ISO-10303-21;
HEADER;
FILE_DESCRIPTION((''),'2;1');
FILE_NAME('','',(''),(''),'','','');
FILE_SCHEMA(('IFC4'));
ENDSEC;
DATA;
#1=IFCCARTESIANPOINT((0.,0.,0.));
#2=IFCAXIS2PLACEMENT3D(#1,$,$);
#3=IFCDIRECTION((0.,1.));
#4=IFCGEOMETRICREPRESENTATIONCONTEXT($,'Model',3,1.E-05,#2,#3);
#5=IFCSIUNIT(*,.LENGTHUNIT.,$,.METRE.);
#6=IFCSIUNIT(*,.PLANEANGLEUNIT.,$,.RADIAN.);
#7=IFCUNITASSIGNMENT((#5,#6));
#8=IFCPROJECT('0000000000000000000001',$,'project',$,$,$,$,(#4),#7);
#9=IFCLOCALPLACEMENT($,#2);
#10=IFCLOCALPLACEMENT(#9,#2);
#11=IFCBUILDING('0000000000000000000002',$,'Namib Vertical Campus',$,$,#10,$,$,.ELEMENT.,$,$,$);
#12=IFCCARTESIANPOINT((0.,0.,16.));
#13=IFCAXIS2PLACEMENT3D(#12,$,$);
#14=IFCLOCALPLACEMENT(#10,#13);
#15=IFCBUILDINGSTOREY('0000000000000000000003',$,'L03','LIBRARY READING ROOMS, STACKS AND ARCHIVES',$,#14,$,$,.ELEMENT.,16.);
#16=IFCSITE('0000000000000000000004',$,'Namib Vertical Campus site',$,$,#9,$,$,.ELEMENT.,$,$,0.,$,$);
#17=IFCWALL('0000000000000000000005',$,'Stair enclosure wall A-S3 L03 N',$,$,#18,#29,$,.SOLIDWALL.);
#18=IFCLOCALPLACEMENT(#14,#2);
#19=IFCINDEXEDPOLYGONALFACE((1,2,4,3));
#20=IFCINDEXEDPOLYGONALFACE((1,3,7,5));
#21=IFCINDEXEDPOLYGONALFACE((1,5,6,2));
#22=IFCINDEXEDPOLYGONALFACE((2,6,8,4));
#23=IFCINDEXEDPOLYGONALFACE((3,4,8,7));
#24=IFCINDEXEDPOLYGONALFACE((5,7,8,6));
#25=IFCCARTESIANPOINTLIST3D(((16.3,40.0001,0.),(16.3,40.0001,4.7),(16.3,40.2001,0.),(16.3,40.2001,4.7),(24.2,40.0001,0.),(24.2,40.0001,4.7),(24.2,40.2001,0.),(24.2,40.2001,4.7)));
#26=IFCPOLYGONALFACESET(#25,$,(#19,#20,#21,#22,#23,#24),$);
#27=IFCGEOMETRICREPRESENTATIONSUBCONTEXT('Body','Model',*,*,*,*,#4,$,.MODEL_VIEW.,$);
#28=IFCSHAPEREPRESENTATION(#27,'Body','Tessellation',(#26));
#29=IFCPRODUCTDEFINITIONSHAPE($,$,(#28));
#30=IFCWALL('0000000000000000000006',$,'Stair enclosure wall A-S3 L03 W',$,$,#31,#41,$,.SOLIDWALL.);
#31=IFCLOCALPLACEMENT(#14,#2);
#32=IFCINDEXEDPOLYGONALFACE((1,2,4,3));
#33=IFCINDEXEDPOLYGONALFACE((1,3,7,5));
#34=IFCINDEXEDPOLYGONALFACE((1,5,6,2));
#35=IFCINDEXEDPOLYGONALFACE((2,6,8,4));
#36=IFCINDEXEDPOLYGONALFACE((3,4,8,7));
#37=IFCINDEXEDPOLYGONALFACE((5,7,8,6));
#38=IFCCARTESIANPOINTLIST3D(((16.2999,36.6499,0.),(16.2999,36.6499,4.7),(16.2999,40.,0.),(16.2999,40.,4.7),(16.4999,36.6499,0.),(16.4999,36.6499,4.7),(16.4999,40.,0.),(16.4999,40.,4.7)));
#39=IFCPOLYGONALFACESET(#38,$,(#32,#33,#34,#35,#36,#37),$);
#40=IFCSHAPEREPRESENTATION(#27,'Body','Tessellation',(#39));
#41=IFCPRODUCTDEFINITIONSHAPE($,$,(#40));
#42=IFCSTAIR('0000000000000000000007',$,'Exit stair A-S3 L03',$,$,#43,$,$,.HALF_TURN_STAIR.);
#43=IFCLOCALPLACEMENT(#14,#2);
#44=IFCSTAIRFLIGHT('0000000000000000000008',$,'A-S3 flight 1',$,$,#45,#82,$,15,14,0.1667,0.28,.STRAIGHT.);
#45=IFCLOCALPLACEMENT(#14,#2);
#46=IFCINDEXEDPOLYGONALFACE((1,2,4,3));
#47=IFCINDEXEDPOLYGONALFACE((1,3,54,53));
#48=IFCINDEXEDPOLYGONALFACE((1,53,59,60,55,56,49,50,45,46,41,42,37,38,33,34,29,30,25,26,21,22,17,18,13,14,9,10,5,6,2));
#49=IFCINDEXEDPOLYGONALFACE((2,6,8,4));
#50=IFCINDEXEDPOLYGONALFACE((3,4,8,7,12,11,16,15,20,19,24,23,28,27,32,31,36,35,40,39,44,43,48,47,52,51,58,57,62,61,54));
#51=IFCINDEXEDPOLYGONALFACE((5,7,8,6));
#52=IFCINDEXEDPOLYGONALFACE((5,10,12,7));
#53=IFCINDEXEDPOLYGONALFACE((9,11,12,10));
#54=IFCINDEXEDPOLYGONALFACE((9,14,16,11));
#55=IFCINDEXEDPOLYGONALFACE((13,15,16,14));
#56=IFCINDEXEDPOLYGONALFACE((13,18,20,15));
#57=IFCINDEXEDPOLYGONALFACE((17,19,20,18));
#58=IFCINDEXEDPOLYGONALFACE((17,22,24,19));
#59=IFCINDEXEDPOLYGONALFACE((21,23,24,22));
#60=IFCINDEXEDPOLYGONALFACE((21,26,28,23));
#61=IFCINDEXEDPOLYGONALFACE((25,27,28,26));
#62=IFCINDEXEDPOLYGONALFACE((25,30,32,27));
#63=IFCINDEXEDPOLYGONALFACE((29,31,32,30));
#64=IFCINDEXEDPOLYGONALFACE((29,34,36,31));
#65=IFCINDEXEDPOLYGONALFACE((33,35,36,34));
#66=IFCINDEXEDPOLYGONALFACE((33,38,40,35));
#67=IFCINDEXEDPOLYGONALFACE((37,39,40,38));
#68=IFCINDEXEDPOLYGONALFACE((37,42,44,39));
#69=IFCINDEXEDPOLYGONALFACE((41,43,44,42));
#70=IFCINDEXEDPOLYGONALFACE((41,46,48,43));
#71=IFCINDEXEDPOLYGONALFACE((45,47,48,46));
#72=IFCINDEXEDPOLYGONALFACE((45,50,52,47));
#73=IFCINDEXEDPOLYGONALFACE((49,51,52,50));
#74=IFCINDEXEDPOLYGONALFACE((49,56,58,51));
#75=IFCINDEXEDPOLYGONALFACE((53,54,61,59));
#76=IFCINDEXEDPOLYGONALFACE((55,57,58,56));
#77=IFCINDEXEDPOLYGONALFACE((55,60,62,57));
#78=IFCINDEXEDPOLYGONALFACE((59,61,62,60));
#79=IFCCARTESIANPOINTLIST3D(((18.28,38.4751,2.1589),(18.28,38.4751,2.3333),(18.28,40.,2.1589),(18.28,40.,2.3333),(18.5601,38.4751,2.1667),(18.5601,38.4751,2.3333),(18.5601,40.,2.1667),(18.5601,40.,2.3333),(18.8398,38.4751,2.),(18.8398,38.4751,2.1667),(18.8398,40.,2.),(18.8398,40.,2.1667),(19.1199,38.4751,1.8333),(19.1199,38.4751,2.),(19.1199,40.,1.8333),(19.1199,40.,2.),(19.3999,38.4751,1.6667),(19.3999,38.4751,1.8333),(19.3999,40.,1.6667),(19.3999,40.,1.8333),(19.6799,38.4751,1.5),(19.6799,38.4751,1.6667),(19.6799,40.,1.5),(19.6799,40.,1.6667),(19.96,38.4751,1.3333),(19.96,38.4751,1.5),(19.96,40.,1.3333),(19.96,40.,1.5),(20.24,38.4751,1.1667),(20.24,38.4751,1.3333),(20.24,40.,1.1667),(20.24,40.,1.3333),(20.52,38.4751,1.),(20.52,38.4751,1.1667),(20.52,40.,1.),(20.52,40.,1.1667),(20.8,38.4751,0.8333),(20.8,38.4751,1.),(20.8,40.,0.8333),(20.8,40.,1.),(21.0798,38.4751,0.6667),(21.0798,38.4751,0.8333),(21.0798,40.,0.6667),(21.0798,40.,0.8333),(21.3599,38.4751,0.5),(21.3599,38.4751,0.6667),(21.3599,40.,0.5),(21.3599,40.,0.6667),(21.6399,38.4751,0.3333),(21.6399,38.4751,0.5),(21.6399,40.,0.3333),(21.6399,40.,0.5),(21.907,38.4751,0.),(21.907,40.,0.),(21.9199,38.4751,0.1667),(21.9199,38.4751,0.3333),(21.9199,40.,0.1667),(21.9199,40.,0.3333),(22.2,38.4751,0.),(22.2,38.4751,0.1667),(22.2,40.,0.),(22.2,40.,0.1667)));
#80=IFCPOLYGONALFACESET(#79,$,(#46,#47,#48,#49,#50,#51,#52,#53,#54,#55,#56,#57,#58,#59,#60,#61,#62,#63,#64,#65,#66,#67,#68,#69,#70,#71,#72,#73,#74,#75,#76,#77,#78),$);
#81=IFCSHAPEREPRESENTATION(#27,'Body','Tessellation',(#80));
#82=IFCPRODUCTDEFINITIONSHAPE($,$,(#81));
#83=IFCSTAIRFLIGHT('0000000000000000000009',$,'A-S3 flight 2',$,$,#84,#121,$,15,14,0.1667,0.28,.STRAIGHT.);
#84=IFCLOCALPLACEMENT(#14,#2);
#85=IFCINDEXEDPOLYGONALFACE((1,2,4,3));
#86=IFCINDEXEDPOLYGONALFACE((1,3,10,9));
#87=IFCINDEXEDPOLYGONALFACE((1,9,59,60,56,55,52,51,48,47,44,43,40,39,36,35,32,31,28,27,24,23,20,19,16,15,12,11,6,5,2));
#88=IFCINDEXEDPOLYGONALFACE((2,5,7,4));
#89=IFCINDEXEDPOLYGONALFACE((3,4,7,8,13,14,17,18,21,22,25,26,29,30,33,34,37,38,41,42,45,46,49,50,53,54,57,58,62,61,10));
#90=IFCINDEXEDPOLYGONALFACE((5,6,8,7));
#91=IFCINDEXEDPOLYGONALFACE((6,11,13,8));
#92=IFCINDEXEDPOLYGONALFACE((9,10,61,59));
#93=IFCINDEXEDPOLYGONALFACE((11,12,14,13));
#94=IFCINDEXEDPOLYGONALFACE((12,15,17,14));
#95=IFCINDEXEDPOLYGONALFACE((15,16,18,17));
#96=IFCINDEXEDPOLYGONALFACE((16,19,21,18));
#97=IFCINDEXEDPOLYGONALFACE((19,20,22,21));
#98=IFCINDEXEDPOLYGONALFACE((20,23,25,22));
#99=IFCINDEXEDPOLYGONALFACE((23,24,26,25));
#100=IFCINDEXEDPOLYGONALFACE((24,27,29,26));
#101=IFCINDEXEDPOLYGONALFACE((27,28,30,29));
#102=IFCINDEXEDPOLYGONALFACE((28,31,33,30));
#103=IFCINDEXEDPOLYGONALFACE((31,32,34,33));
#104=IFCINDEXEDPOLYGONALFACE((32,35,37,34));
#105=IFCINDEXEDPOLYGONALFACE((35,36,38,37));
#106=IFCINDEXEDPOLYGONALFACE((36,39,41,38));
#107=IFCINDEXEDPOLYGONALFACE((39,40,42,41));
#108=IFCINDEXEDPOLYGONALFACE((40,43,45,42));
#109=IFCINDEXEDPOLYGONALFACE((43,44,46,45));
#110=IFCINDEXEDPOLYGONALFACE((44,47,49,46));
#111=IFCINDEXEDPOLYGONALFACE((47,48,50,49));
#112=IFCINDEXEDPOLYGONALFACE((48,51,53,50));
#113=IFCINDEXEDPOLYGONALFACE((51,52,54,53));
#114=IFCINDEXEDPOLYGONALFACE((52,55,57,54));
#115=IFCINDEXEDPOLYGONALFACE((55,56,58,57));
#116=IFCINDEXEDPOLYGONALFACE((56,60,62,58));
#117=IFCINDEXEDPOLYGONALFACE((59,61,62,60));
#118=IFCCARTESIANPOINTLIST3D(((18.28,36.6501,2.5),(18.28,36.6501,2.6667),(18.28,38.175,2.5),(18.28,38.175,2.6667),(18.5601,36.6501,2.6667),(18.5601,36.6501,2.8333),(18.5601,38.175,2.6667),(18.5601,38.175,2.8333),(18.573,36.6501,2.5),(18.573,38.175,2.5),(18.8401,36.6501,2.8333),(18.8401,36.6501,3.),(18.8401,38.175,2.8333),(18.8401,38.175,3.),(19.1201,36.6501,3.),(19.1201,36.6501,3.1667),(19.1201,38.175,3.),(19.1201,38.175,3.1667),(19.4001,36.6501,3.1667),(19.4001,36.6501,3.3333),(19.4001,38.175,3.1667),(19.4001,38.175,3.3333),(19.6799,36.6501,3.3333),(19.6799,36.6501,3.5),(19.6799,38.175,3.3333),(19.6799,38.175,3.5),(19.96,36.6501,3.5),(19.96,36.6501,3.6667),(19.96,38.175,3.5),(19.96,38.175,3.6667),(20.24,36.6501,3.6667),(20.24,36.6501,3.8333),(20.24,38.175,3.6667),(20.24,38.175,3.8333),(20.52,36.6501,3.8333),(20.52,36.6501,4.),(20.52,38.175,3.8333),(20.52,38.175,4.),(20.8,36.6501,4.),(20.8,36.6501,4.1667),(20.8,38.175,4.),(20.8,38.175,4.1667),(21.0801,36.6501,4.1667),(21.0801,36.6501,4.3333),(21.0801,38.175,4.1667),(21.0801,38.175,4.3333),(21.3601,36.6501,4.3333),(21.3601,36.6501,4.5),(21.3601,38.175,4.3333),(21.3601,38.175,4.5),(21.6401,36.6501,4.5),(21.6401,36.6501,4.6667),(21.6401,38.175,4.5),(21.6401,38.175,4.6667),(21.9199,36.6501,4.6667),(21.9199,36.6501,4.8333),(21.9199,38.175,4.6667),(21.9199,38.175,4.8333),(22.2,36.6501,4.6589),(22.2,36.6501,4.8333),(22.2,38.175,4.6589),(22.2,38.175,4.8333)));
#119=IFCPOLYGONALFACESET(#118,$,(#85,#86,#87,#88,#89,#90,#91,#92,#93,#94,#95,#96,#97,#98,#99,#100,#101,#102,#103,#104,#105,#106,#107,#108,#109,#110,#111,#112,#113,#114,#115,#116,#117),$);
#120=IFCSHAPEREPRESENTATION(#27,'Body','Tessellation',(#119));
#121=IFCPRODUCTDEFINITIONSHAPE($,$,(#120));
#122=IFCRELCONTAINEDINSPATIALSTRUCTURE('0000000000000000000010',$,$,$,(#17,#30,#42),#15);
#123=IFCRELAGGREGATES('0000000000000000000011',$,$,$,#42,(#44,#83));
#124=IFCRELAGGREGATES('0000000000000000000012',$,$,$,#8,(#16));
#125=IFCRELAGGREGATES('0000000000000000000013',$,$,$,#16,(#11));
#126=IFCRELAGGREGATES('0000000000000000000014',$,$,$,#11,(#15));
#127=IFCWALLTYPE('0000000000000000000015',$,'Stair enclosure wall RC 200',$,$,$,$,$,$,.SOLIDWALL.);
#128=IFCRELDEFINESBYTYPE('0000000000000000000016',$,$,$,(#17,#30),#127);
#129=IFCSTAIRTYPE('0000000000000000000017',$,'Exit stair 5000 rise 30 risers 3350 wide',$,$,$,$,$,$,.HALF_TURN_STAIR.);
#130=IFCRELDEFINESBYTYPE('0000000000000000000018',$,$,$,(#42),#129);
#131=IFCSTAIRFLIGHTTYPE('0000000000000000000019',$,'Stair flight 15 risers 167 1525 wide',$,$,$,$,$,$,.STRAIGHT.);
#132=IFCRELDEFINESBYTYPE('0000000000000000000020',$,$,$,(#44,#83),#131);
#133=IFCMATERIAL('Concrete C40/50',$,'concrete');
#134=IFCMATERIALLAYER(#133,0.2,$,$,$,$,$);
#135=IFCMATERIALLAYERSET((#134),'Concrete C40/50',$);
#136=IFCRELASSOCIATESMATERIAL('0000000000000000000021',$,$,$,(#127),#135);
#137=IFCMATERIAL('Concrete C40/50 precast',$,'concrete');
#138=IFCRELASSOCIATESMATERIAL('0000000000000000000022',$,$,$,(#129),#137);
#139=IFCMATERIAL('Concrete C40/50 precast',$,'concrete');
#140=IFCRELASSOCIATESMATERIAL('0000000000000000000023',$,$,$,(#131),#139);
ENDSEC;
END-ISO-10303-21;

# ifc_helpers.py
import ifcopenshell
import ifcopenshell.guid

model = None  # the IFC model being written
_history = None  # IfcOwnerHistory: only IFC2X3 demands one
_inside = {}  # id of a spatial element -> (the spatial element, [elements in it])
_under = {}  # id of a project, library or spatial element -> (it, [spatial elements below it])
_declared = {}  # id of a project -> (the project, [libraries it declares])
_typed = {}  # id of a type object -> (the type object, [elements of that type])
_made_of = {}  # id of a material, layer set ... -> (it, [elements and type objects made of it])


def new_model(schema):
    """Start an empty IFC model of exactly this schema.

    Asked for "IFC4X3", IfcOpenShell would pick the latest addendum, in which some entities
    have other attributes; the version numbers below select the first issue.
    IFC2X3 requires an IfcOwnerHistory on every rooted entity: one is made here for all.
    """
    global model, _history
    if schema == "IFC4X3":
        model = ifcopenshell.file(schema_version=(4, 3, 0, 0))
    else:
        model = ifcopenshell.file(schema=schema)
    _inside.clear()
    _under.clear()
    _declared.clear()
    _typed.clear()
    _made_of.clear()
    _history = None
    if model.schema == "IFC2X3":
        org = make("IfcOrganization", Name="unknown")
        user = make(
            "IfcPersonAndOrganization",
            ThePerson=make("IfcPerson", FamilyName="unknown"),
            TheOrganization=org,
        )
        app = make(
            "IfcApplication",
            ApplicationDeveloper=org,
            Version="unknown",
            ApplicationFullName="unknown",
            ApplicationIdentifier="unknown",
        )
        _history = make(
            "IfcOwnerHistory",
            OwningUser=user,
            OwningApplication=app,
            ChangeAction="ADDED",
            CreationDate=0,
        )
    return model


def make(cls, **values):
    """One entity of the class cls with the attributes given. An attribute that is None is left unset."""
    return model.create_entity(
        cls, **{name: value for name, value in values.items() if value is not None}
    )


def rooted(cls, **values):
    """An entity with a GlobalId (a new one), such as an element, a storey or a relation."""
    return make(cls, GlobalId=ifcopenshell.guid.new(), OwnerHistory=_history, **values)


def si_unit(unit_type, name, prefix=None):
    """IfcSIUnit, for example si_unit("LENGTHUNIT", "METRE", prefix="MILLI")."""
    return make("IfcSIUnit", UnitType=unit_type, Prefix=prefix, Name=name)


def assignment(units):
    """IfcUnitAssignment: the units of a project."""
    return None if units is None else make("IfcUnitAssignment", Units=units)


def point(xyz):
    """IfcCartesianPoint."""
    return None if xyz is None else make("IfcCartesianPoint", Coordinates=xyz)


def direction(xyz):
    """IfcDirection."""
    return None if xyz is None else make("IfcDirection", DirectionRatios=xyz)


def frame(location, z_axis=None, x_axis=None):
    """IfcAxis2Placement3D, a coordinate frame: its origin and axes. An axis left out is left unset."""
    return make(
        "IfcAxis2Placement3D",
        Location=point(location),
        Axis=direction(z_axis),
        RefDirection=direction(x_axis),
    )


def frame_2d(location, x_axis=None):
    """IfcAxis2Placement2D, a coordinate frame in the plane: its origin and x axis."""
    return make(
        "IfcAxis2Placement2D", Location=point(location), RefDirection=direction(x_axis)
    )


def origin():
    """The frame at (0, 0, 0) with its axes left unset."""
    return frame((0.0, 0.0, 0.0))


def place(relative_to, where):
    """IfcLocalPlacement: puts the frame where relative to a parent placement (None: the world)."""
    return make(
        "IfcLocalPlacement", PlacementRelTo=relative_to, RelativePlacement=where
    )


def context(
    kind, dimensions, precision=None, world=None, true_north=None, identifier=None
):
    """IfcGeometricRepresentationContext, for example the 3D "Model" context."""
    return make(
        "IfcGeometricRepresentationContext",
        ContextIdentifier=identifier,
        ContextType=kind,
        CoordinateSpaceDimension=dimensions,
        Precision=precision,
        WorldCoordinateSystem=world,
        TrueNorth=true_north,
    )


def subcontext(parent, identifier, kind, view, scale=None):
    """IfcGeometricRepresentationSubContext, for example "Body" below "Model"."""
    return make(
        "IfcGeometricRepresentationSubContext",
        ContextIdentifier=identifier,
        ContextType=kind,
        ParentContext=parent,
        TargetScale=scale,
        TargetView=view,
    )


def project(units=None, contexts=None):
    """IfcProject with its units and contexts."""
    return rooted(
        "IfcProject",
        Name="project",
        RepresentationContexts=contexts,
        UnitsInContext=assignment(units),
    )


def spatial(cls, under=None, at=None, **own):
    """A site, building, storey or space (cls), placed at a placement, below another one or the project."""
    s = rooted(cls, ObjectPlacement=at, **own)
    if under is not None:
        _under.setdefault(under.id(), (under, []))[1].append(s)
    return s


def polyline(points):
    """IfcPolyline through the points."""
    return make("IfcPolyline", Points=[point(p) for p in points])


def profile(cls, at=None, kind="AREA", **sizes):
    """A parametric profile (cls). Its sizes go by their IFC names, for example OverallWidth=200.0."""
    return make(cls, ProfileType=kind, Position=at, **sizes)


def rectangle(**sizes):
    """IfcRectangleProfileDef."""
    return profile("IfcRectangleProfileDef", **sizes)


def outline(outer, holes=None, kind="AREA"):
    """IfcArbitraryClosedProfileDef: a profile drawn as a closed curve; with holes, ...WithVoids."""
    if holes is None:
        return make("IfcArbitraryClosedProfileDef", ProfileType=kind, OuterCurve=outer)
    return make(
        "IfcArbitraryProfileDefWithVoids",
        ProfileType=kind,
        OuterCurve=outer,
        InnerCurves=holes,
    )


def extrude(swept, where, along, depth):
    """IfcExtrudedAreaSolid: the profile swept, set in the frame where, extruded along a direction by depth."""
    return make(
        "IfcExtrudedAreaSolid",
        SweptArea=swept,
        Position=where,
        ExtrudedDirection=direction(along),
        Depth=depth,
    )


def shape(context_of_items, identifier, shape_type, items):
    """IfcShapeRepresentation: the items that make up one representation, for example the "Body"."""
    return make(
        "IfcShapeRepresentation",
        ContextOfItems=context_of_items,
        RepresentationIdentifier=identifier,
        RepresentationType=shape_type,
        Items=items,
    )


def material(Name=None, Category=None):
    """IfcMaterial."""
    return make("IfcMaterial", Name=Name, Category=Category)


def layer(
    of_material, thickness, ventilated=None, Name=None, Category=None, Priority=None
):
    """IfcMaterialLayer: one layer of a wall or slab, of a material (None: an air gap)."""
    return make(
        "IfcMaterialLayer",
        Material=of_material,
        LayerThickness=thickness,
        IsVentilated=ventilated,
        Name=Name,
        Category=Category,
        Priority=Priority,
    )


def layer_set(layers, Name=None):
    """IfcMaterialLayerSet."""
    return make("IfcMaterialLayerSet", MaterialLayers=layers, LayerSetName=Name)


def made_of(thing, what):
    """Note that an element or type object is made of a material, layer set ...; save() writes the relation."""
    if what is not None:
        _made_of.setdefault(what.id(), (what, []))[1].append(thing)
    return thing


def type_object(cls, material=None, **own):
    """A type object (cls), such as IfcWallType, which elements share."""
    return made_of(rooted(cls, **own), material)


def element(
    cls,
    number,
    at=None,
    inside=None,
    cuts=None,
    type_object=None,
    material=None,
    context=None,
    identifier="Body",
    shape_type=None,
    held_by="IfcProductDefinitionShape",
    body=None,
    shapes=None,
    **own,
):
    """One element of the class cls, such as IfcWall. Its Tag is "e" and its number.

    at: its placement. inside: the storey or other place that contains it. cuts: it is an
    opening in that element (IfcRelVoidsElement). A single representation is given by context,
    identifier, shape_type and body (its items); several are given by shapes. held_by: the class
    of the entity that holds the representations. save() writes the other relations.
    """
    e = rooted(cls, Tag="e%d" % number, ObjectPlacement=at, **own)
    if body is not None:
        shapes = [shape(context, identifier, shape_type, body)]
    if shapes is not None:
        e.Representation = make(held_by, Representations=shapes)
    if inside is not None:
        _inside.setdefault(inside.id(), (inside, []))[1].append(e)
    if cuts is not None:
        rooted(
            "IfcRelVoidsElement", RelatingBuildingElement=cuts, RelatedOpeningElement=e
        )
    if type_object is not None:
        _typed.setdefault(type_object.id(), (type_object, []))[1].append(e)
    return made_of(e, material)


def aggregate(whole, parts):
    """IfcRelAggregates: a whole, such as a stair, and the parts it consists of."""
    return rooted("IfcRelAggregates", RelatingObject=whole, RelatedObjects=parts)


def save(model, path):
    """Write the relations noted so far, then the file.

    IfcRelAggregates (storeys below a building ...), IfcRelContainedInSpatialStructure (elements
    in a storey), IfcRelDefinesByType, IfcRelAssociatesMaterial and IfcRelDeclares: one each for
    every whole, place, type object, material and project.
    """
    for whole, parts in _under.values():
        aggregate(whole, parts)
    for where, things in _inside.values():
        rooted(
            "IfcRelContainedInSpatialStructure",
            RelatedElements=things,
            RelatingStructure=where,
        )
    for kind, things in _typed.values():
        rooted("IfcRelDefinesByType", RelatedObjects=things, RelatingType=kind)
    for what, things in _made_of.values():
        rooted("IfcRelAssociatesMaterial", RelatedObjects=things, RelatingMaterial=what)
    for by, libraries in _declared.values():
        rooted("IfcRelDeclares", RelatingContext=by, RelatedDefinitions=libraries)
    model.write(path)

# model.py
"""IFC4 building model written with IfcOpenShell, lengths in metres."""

from ifc_helpers import new_model, si_unit, direction, frame, frame_2d, origin, place, context, subcontext, project, spatial, polyline, rectangle, outline, extrude, material, layer, layer_set, type_object, element, aggregate, save


model = new_model("IFC4")

# Units and contexts
model_context = context("Model", 3, precision=1e-05, world=origin(), true_north=direction((0.0, 1.0)))
body_context = subcontext(model_context, "Body", "Model", "MODEL_VIEW")
ifc_project = project(units=[si_unit("LENGTHUNIT", "METRE"), si_unit("PLANEANGLEUNIT", "RADIAN")], contexts=[model_context])

# Site, building, storey
site_placement = place(None, origin())
site = spatial("IfcSite", under=ifc_project, at=site_placement, Name="Namib Vertical Campus site", CompositionType="ELEMENT", RefElevation=0.0)
building_placement = place(site_placement, origin())
building = spatial("IfcBuilding", under=site, at=building_placement, Name="Namib Vertical Campus", CompositionType="ELEMENT")
storey_placement = place(building_placement, frame((0.0, 0.0, 16.0)))
storey = spatial("IfcBuildingStorey", under=building, at=storey_placement, Name="L03", Description="LIBRARY READING ROOMS, STACKS AND ARCHIVES", CompositionType="ELEMENT", Elevation=16.0)

# Shared definitions
ifc_material_1 = material(Name="Concrete C40/50", Category="concrete")
ifc_layer_1 = layer(ifc_material_1, 0.2)
ifc_layer_set_1 = layer_set([ifc_layer_1], Name="Concrete C40/50")
wall_type_1 = type_object("IfcWallType", Name="Stair enclosure wall RC 200", PredefinedType="SOLIDWALL", material=ifc_layer_set_1)

# Walls
wall_1_placement = place(storey_placement, frame((16.3, 40.1001, 0.0), z_axis=(0.0, 0.0, 1.0), x_axis=(1.0, 0.0, 0.0)))
element("IfcWall", 1, at=wall_1_placement, inside=storey, type_object=wall_type_1, Name="Stair enclosure wall A-S3 L03 N", PredefinedType="SOLIDWALL", context=body_context, shape_type="SweptSolid", body=[
    extrude(rectangle(XDim=7.8999, YDim=0.2, at=frame_2d((3.95, 0.0))), origin(), (0.0, 0.0, 1.0), 4.7),
])
wall_2_placement = place(storey_placement, frame((16.3999, 36.6499, 0.0), z_axis=(0.0, 0.0, 1.0), x_axis=(0.0, 1.0, 0.0)))
element("IfcWall", 2, at=wall_2_placement, inside=storey, type_object=wall_type_1, Name="Stair enclosure wall A-S3 L03 W", PredefinedType="SOLIDWALL", context=body_context, shape_type="SweptSolid", body=[
    extrude(rectangle(XDim=3.3501, YDim=0.2, at=frame_2d((1.675, 0.0))), origin(), (0.0, 0.0, 1.0), 4.7),
])

# Stair, stair flights
ifc_material_2 = material(Name="Concrete C40/50 precast", Category="concrete")
stair_type = type_object("IfcStairType", Name="Exit stair 5000 rise 30 risers 3350 wide", PredefinedType="HALF_TURN_STAIR", material=ifc_material_2)
stair_placement = place(storey_placement, origin())
stair = element("IfcStair", 3, at=stair_placement, inside=storey, type_object=stair_type, Name="Exit stair A-S3 L03", PredefinedType="HALF_TURN_STAIR")
ifc_material_3 = material(Name="Concrete C40/50 precast", Category="concrete")
stair_flight_type = type_object("IfcStairFlightType", Name="Stair flight 15 risers 167 1525 wide", PredefinedType="STRAIGHT", material=ifc_material_3)
stair_flight_1_placement = place(storey_placement, frame((22.2, 39.2375, 0.0), z_axis=(0.0, 0.0, 1.0), x_axis=(-1.0, 0.0, 0.0)))
stair_flight_1 = element("IfcStairFlight", 4, at=stair_flight_1_placement, type_object=stair_flight_type, Name="A-S3 flight 1", NumberOfRisers=15, NumberOfTreads=14, PredefinedType="STRAIGHT", RiserHeight=0.1667, TreadLength=0.28, context=body_context, shape_type="SweptSolid", body=[
    extrude(outline(polyline([(0.0, 0.0), (0.0, 0.1667), (0.28, 0.1667), (0.28, 0.3333), (0.5601, 0.3333), (0.5601, 0.5), (0.8401, 0.5), (0.8401, 0.6667), (1.1201, 0.6667), (1.1201, 0.8333), (1.3999, 0.8333), (1.3999, 1.0), (1.6799, 1.0), (1.6799, 1.1667), (1.96, 1.1667), (1.96, 1.3333), (2.24, 1.3333), (2.24, 1.5), (2.52, 1.5), (2.52, 1.6667), (2.8, 1.6667), (2.8, 1.8333), (3.0801, 1.8333), (3.0801, 2.0), (3.3601, 2.0), (3.3601, 2.1667), (3.6399, 2.1667), (3.6399, 2.3333), (3.9199, 2.3333), (3.9199, 2.5), (3.9199, 2.1589), (0.293, 0.0), (0.0, 0.0)])), frame((0.0, 0.7625, 0.0), z_axis=(0.0, -1.0, 0.0), x_axis=(1.0, 0.0, 0.0)), (0.0, 0.0, 1.0), 1.5249),
])
stair_flight_2_placement = place(storey_placement, frame((18.28, 37.4126, 2.5), z_axis=(0.0, 0.0, 1.0), x_axis=(1.0, 0.0, 0.0)))
stair_flight_2 = element("IfcStairFlight", 5, at=stair_flight_2_placement, type_object=stair_flight_type, Name="A-S3 flight 2", NumberOfRisers=15, NumberOfTreads=14, PredefinedType="STRAIGHT", RiserHeight=0.1667, TreadLength=0.28, context=body_context, shape_type="SweptSolid", body=[
    extrude(outline(polyline([(0.0, 0.0), (0.0, 0.1667), (0.28, 0.1667), (0.28, 0.3333), (0.5601, 0.3333), (0.5601, 0.5), (0.8401, 0.5), (0.8401, 0.6667), (1.1201, 0.6667), (1.1201, 0.8333), (1.3999, 0.8333), (1.3999, 1.0), (1.6799, 1.0), (1.6799, 1.1667), (1.96, 1.1667), (1.96, 1.3333), (2.24, 1.3333), (2.24, 1.5), (2.52, 1.5), (2.52, 1.6667), (2.8, 1.6667), (2.8, 1.8333), (3.0801, 1.8333), (3.0801, 2.0), (3.3601, 2.0), (3.3601, 2.1667), (3.6399, 2.1667), (3.6399, 2.3333), (3.9199, 2.3333), (3.9199, 2.5), (3.9199, 2.1589), (0.293, 0.0), (0.0, 0.0)])), frame((0.0, 0.7625, 0.0), z_axis=(0.0, -1.0, 0.0), x_axis=(1.0, 0.0, 0.0)), (0.0, 0.0, 1.0), 1.5249),
])
aggregate(stair, [stair_flight_1, stair_flight_2])

save(model, "model.ifc")
